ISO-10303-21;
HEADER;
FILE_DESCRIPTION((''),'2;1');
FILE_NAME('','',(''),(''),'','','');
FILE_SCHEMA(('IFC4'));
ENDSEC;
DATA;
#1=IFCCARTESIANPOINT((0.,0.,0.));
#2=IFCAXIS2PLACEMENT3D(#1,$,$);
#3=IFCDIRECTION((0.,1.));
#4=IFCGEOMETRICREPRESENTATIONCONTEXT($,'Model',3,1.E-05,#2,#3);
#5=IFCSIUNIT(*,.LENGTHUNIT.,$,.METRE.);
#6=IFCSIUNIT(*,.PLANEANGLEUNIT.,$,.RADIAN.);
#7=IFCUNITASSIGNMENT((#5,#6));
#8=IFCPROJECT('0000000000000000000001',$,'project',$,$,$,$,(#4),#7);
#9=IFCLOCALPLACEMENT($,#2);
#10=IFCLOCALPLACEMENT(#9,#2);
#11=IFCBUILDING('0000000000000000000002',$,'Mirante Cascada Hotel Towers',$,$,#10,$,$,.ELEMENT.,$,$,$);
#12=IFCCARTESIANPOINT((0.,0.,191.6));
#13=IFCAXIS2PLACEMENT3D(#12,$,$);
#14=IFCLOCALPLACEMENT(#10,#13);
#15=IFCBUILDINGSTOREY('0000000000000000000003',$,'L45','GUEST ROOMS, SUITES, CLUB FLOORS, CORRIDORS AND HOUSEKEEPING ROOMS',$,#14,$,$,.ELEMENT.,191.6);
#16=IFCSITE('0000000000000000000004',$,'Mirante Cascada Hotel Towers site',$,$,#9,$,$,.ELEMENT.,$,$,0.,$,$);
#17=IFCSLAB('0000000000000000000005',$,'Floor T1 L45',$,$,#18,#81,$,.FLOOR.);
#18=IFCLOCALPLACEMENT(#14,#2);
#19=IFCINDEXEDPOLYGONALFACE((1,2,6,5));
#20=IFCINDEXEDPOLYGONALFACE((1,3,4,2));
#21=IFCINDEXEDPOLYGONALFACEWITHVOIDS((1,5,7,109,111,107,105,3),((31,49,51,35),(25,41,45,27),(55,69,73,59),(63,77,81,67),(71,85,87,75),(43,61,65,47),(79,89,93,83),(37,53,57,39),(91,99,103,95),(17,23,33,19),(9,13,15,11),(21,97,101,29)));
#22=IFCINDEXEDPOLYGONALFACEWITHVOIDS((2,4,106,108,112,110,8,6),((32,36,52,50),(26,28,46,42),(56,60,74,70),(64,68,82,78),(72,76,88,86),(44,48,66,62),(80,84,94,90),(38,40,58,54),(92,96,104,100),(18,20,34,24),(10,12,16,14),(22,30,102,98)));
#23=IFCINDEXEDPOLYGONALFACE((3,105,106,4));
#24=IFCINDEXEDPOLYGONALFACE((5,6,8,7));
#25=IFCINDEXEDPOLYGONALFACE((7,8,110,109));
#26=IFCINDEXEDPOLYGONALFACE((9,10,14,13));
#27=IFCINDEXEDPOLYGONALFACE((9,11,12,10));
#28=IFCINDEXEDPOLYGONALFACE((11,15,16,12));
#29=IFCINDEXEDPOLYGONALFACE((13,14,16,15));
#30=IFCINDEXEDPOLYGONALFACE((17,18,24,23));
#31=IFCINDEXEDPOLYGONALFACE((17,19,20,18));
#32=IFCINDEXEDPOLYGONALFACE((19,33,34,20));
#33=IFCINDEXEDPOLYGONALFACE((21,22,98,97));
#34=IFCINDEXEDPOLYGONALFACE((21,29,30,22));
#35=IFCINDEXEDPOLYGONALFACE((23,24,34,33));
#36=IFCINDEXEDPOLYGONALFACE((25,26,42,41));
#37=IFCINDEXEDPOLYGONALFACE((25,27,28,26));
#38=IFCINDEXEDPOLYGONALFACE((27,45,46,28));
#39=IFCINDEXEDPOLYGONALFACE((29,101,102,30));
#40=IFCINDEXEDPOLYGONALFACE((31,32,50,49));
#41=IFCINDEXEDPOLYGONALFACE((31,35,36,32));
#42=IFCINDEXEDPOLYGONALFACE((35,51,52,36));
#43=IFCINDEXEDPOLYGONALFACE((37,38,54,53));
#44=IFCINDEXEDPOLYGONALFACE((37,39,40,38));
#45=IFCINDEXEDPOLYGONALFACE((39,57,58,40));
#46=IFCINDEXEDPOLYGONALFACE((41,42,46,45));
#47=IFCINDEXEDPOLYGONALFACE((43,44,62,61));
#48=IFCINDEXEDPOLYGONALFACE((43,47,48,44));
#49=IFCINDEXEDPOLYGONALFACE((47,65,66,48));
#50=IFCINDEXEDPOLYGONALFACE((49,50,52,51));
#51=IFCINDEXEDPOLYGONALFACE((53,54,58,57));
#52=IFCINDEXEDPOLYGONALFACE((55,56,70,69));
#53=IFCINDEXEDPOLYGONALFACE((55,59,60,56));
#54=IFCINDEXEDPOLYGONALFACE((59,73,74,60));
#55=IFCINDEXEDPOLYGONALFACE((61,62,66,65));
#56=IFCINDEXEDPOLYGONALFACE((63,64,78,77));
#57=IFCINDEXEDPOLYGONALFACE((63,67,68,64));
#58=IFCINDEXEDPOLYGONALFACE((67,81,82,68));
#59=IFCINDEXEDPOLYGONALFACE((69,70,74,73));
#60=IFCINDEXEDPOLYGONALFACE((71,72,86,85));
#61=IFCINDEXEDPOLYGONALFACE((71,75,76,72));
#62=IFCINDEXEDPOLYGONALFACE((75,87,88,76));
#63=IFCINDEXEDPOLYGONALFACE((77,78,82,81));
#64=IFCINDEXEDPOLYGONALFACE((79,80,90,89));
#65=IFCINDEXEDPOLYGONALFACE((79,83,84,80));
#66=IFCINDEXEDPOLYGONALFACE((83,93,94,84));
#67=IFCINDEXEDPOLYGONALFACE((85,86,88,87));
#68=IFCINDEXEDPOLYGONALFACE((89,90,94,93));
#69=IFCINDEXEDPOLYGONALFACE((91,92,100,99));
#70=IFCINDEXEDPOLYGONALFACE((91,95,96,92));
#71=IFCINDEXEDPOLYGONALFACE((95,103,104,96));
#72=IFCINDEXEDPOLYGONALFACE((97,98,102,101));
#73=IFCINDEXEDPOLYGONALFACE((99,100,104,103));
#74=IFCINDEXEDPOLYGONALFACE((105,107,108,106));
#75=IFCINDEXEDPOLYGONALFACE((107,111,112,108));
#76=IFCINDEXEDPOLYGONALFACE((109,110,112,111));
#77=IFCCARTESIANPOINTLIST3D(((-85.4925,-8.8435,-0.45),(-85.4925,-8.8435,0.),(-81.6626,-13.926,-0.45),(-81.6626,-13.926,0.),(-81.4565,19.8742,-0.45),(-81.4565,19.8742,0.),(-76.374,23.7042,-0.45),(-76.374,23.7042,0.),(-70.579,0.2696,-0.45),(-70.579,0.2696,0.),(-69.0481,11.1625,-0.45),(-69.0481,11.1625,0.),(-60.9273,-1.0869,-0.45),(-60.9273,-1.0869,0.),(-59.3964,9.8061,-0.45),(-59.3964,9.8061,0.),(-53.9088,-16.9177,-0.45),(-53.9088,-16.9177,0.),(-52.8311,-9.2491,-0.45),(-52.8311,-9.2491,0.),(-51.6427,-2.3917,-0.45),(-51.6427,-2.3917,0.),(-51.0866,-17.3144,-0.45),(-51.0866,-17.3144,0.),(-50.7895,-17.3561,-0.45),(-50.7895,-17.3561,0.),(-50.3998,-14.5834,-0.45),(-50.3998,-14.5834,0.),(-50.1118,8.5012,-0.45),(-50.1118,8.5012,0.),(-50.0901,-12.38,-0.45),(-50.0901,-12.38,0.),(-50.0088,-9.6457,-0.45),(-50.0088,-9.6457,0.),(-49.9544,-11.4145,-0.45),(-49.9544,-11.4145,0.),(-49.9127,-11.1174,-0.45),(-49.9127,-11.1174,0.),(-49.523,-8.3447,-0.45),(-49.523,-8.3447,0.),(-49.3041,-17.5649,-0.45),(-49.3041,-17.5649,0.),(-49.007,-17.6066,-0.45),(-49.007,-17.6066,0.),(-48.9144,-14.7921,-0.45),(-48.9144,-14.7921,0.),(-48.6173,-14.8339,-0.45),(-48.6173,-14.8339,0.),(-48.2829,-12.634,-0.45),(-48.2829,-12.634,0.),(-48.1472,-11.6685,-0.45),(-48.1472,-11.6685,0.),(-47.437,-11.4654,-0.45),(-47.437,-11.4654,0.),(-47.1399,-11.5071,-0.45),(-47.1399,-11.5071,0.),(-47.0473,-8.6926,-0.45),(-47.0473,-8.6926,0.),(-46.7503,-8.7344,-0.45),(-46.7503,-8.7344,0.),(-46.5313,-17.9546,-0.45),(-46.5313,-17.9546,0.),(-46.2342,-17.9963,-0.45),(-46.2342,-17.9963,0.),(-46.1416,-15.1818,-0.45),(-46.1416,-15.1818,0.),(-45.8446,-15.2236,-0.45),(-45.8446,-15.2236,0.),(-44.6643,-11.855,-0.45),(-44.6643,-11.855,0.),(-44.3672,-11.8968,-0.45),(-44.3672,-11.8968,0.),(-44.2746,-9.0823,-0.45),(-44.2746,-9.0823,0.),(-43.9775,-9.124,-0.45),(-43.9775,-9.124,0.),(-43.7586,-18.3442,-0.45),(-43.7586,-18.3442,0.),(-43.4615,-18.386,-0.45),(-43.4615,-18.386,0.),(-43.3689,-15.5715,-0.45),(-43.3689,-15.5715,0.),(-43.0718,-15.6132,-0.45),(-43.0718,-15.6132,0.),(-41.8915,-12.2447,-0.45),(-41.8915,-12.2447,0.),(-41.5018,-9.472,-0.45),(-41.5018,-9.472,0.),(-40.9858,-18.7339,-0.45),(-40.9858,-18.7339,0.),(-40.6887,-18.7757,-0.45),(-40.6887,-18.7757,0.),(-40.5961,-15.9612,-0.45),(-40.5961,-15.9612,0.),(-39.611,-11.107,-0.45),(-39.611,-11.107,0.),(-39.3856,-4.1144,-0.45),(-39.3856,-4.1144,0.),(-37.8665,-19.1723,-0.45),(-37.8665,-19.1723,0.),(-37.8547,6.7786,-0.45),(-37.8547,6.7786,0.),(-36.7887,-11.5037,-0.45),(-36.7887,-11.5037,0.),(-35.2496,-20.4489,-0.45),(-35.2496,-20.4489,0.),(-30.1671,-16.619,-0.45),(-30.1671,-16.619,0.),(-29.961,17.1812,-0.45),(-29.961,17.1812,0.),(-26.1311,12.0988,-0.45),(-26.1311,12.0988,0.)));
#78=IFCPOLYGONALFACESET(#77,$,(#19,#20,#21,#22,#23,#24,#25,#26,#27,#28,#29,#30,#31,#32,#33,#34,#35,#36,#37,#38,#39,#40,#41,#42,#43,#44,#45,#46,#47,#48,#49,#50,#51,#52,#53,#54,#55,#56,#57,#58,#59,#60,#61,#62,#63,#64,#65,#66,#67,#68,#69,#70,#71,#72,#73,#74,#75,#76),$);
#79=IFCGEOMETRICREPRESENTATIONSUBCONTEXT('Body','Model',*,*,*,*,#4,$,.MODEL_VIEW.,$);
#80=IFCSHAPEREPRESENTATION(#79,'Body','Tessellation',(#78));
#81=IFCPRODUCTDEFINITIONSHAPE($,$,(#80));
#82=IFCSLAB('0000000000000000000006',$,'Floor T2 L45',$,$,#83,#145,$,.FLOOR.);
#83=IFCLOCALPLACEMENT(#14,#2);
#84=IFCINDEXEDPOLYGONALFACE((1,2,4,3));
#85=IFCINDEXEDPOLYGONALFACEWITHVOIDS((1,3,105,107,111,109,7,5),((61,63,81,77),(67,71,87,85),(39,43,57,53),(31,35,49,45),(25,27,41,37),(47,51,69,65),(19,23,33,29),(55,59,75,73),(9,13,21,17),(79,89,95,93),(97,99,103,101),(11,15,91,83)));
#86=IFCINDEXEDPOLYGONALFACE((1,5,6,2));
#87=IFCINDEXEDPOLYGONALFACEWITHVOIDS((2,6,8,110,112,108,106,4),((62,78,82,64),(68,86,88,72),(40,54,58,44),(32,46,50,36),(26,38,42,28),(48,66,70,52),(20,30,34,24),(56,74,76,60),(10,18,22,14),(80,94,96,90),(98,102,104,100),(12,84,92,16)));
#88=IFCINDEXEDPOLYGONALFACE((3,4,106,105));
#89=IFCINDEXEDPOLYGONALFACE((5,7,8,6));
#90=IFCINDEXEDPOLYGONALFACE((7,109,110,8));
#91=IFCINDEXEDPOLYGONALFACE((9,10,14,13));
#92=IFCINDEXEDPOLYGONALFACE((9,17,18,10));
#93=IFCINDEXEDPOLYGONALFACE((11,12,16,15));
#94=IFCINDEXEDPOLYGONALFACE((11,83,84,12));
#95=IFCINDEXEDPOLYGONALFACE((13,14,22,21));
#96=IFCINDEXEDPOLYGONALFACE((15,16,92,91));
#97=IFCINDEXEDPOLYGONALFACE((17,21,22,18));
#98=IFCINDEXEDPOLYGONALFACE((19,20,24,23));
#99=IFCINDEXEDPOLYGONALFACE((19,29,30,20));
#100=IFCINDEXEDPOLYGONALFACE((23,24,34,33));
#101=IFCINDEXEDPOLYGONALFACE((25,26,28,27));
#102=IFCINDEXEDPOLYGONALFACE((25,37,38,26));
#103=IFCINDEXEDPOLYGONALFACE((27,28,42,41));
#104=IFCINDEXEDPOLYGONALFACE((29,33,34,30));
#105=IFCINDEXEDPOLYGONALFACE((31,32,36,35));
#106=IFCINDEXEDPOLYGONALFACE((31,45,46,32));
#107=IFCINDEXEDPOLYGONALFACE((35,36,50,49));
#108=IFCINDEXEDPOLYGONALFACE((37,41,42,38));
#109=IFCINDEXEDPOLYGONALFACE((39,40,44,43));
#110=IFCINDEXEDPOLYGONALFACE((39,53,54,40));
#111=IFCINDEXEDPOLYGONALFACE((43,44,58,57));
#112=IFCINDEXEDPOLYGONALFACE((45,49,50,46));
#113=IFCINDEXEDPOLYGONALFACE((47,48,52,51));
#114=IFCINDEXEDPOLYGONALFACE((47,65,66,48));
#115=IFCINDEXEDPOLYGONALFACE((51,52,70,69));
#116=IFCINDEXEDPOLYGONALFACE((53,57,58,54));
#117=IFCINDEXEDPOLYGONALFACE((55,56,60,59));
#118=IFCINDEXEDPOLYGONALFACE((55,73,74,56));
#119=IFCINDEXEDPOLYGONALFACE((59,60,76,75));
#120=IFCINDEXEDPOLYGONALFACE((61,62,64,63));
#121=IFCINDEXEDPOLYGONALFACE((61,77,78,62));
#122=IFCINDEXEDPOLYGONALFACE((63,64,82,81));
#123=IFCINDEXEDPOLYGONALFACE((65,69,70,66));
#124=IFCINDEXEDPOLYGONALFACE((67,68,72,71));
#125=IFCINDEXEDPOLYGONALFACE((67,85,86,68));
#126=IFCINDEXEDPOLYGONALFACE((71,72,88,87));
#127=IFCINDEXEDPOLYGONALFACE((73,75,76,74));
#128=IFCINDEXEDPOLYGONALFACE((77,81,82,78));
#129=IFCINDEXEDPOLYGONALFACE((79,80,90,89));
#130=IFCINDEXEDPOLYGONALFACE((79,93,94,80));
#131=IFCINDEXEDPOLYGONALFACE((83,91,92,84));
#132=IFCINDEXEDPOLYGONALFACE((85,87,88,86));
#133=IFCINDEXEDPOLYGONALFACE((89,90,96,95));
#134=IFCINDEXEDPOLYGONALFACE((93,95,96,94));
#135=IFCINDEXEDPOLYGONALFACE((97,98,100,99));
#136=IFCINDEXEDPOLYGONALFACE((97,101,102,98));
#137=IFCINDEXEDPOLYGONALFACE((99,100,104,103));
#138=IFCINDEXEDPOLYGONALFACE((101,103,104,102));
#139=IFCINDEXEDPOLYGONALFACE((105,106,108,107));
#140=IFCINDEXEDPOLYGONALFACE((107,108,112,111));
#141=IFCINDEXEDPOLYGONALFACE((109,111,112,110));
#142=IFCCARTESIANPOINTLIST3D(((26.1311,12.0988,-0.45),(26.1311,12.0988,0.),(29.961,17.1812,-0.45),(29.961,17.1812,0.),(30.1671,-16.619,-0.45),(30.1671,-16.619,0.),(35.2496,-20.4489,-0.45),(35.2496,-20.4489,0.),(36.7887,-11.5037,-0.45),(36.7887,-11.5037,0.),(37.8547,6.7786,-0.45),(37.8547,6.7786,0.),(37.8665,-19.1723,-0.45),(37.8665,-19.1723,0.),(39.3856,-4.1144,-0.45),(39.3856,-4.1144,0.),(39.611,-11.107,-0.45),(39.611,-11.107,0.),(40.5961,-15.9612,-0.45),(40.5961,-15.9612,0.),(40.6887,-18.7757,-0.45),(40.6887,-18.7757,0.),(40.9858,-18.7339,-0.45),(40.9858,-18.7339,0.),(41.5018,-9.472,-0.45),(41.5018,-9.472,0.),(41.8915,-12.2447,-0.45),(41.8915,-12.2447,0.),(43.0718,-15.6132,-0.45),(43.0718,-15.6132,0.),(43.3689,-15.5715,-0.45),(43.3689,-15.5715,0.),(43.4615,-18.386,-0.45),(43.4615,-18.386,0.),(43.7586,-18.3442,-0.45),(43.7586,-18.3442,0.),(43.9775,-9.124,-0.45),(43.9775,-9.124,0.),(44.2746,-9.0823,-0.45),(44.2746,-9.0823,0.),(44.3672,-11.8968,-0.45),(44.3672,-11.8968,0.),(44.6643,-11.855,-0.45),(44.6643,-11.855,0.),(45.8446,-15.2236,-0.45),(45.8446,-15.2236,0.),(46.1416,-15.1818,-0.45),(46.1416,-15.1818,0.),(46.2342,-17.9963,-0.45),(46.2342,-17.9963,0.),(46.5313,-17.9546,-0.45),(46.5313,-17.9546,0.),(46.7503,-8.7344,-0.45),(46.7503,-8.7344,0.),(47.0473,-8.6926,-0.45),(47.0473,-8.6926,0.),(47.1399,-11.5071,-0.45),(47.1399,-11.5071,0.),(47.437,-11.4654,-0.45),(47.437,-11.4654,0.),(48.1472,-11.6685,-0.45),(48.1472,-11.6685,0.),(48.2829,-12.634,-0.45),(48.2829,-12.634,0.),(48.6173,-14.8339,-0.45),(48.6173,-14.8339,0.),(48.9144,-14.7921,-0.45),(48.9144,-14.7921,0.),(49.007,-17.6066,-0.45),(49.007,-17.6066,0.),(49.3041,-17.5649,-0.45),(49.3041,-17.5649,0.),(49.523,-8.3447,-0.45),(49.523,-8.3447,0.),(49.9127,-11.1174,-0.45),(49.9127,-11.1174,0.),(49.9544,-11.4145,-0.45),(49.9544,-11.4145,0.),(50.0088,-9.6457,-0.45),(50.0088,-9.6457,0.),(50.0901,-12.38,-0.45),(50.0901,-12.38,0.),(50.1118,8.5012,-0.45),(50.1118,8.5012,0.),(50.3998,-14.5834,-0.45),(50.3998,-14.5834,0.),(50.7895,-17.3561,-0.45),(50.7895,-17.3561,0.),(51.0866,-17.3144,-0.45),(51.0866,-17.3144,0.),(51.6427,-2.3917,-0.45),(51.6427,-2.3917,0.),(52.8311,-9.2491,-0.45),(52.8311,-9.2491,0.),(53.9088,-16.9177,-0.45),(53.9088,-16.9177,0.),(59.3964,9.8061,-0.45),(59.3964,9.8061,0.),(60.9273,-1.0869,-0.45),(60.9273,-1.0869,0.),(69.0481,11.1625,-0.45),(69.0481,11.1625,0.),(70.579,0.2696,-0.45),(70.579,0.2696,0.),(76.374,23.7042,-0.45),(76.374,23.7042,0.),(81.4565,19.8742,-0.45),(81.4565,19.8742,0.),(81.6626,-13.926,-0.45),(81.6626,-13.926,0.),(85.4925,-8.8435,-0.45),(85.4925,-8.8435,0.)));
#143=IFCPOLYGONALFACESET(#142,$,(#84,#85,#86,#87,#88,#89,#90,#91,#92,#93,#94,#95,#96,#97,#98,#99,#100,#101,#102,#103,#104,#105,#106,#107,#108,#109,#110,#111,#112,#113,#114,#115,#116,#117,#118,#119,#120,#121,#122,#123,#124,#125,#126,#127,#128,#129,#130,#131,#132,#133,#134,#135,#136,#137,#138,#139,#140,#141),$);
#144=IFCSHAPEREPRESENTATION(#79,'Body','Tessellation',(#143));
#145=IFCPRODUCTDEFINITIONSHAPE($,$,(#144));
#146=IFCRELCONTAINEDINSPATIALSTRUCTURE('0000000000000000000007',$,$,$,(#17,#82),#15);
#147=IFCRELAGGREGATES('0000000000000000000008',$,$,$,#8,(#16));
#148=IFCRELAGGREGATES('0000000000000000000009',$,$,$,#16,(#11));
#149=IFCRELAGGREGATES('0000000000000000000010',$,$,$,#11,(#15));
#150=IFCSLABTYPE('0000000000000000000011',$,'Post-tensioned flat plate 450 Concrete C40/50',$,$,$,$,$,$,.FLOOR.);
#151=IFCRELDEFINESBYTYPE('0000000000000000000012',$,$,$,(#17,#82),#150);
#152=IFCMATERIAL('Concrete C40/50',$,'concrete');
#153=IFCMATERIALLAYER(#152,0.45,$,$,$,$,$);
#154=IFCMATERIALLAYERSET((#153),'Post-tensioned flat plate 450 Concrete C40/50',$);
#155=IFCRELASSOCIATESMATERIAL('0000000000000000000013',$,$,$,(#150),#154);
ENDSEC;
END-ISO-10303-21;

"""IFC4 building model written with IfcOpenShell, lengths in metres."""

from ifc_helpers import new_model, si_unit, direction, frame, origin, place, context, subcontext, project, spatial, polyline, outline, extrude, material, layer, layer_set, type_object, element, save


model = new_model("IFC4")

# Units and contexts
model_context = context("Model", 3, precision=1e-05, world=origin(), true_north=direction((0.0, 1.0)))
body_context = subcontext(model_context, "Body", "Model", "MODEL_VIEW")
ifc_project = project(units=[si_unit("LENGTHUNIT", "METRE"), si_unit("PLANEANGLEUNIT", "RADIAN")], contexts=[model_context])

# Site, building, storey
site_placement = place(None, origin())
site = spatial("IfcSite", under=ifc_project, at=site_placement, Name="Mirante Cascada Hotel Towers site", CompositionType="ELEMENT", RefElevation=0.0)
building_placement = place(site_placement, origin())
building = spatial("IfcBuilding", under=site, at=building_placement, Name="Mirante Cascada Hotel Towers", CompositionType="ELEMENT")
storey_placement = place(building_placement, frame((0.0, 0.0, 191.6)))
storey = spatial("IfcBuildingStorey", under=building, at=storey_placement, Name="L45", Description="GUEST ROOMS, SUITES, CLUB FLOORS, CORRIDORS AND HOUSEKEEPING ROOMS", CompositionType="ELEMENT", Elevation=191.6)

# Slabs
ifc_material_1 = material(Name="Concrete C40/50", Category="concrete")
ifc_layer_1 = layer(ifc_material_1, 0.45)
ifc_layer_set_1 = layer_set([ifc_layer_1], Name="Post-tensioned flat plate 450 Concrete C40/50")
slab_type = type_object("IfcSlabType", Name="Post-tensioned flat plate 450 Concrete C40/50", PredefinedType="FLOOR", material=ifc_layer_set_1)
slab_1_placement = place(storey_placement, frame((0.0, 0.0, -0.45)))
element("IfcSlab", 1, at=slab_1_placement, inside=storey, type_object=slab_type, Name="Floor T1 L45", PredefinedType="FLOOR", context=body_context, shape_type="SweptSolid", body=[
    extrude(outline(polyline([(-30.1671, -16.619), (-26.1311, 12.0988), (-29.961, 17.1812), (-76.374, 23.7042), (-81.4565, 19.8742), (-85.4925, -8.8435), (-81.6626, -13.926), (-35.2496, -20.4489), (-30.1671, -16.619)]), holes=[polyline([(-40.5961, -15.9612), (-40.9858, -18.7339), (-43.4615, -18.386), (-43.0718, -15.6132), (-40.5961, -15.9612)]), polyline([(-43.3689, -15.5715), (-43.7586, -18.3442), (-46.2342, -17.9963), (-45.8446, -15.2236), (-43.3689, -15.5715)]), polyline([(-46.1416, -15.1818), (-46.5313, -17.9546), (-49.007, -17.6066), (-48.6173, -14.8339), (-46.1416, -15.1818)]), polyline([(-36.7887, -11.5037), (-37.8665, -19.1723), (-40.6887, -18.7757), (-39.611, -11.107), (-36.7887, -11.5037)]), polyline([(-43.9775, -9.124), (-41.5018, -9.472), (-41.8915, -12.2447), (-44.3672, -11.8968), (-43.9775, -9.124)]), polyline([(-44.2746, -9.0823), (-44.6643, -11.855), (-47.1399, -11.5071), (-46.7503, -8.7344), (-44.2746, -9.0823)]), polyline([(-50.3998, -14.5834), (-48.9144, -14.7921), (-49.3041, -17.5649), (-50.7895, -17.3561), (-50.3998, -14.5834)]), polyline([(-50.0088, -9.6457), (-51.0866, -17.3144), (-53.9088, -16.9177), (-52.8311, -9.2491), (-50.0088, -9.6457)]), polyline([(-48.1472, -11.6685), (-48.2829, -12.634), (-50.0901, -12.38), (-49.9544, -11.4145), (-48.1472, -11.6685)]), polyline([(-49.523, -8.3447), (-47.0473, -8.6926), (-47.437, -11.4654), (-49.9127, -11.1174), (-49.523, -8.3447)]), polyline([(-59.3964, 9.8061), (-59.3964, 9.8061), (-60.9273, -1.0869), (-60.9273, -1.0869), (-70.579, 0.2696), (-69.0481, 11.1625), (-59.3964, 9.8061)]), polyline([(-37.8547, 6.7786), (-39.3856, -4.1144), (-51.6427, -2.3917), (-51.6427, -2.3917), (-50.1118, 8.5012), (-37.8547, 6.7786)])]), origin(), (0.0, 0.0, 1.0), 0.45),
])
slab_2_placement = place(storey_placement, frame((0.0, 0.0, -0.45)))
element("IfcSlab", 2, at=slab_2_placement, inside=storey, type_object=slab_type, Name="Floor T2 L45", PredefinedType="FLOOR", context=body_context, shape_type="SweptSolid", body=[
    extrude(outline(polyline([(30.1671, -16.619), (26.1311, 12.0988), (29.961, 17.1812), (76.374, 23.7042), (81.4565, 19.8742), (85.4925, -8.8435), (81.6626, -13.926), (35.2496, -20.4489), (30.1671, -16.619)]), holes=[polyline([(40.5961, -15.9612), (40.9858, -18.7339), (43.4615, -18.386), (43.0718, -15.6132), (40.5961, -15.9612)]), polyline([(43.3689, -15.5715), (43.7586, -18.3442), (46.2342, -17.9963), (45.8446, -15.2236), (43.3689, -15.5715)]), polyline([(46.1416, -15.1818), (46.5313, -17.9546), (49.007, -17.6066), (48.6173, -14.8339), (46.1416, -15.1818)]), polyline([(37.8665, -19.1723), (40.6887, -18.7757), (39.611, -11.107), (36.7887, -11.5037), (37.8665, -19.1723)]), polyline([(43.9775, -9.124), (41.5018, -9.472), (41.8915, -12.2447), (44.3672, -11.8968), (43.9775, -9.124)]), polyline([(44.2746, -9.0823), (44.6643, -11.855), (47.1399, -11.5071), (46.7503, -8.7344), (44.2746, -9.0823)]), polyline([(50.3998, -14.5834), (48.9144, -14.7921), (49.3041, -17.5649), (50.7895, -17.3561), (50.3998, -14.5834)]), polyline([(51.0866, -17.3144), (53.9088, -16.9177), (52.8311, -9.2491), (50.0088, -9.6457), (51.0866, -17.3144)]), polyline([(48.1472, -11.6685), (48.2829, -12.634), (50.0901, -12.38), (49.9544, -11.4145), (48.1472, -11.6685)]), polyline([(49.523, -8.3447), (47.0473, -8.6926), (47.437, -11.4654), (49.9127, -11.1174), (49.523, -8.3447)]), polyline([(69.0481, 11.1625), (70.579, 0.2696), (60.9273, -1.0869), (60.9273, -1.0869), (59.3964, 9.8061), (59.3964, 9.8061), (69.0481, 11.1625)]), polyline([(39.3856, -4.1144), (37.8547, 6.7786), (50.1118, 8.5012), (51.6427, -2.3917), (51.6427, -2.3917), (39.3856, -4.1144)])]), origin(), (0.0, 0.0, 1.0), 0.45),
])

save(model, "model.ifc")
